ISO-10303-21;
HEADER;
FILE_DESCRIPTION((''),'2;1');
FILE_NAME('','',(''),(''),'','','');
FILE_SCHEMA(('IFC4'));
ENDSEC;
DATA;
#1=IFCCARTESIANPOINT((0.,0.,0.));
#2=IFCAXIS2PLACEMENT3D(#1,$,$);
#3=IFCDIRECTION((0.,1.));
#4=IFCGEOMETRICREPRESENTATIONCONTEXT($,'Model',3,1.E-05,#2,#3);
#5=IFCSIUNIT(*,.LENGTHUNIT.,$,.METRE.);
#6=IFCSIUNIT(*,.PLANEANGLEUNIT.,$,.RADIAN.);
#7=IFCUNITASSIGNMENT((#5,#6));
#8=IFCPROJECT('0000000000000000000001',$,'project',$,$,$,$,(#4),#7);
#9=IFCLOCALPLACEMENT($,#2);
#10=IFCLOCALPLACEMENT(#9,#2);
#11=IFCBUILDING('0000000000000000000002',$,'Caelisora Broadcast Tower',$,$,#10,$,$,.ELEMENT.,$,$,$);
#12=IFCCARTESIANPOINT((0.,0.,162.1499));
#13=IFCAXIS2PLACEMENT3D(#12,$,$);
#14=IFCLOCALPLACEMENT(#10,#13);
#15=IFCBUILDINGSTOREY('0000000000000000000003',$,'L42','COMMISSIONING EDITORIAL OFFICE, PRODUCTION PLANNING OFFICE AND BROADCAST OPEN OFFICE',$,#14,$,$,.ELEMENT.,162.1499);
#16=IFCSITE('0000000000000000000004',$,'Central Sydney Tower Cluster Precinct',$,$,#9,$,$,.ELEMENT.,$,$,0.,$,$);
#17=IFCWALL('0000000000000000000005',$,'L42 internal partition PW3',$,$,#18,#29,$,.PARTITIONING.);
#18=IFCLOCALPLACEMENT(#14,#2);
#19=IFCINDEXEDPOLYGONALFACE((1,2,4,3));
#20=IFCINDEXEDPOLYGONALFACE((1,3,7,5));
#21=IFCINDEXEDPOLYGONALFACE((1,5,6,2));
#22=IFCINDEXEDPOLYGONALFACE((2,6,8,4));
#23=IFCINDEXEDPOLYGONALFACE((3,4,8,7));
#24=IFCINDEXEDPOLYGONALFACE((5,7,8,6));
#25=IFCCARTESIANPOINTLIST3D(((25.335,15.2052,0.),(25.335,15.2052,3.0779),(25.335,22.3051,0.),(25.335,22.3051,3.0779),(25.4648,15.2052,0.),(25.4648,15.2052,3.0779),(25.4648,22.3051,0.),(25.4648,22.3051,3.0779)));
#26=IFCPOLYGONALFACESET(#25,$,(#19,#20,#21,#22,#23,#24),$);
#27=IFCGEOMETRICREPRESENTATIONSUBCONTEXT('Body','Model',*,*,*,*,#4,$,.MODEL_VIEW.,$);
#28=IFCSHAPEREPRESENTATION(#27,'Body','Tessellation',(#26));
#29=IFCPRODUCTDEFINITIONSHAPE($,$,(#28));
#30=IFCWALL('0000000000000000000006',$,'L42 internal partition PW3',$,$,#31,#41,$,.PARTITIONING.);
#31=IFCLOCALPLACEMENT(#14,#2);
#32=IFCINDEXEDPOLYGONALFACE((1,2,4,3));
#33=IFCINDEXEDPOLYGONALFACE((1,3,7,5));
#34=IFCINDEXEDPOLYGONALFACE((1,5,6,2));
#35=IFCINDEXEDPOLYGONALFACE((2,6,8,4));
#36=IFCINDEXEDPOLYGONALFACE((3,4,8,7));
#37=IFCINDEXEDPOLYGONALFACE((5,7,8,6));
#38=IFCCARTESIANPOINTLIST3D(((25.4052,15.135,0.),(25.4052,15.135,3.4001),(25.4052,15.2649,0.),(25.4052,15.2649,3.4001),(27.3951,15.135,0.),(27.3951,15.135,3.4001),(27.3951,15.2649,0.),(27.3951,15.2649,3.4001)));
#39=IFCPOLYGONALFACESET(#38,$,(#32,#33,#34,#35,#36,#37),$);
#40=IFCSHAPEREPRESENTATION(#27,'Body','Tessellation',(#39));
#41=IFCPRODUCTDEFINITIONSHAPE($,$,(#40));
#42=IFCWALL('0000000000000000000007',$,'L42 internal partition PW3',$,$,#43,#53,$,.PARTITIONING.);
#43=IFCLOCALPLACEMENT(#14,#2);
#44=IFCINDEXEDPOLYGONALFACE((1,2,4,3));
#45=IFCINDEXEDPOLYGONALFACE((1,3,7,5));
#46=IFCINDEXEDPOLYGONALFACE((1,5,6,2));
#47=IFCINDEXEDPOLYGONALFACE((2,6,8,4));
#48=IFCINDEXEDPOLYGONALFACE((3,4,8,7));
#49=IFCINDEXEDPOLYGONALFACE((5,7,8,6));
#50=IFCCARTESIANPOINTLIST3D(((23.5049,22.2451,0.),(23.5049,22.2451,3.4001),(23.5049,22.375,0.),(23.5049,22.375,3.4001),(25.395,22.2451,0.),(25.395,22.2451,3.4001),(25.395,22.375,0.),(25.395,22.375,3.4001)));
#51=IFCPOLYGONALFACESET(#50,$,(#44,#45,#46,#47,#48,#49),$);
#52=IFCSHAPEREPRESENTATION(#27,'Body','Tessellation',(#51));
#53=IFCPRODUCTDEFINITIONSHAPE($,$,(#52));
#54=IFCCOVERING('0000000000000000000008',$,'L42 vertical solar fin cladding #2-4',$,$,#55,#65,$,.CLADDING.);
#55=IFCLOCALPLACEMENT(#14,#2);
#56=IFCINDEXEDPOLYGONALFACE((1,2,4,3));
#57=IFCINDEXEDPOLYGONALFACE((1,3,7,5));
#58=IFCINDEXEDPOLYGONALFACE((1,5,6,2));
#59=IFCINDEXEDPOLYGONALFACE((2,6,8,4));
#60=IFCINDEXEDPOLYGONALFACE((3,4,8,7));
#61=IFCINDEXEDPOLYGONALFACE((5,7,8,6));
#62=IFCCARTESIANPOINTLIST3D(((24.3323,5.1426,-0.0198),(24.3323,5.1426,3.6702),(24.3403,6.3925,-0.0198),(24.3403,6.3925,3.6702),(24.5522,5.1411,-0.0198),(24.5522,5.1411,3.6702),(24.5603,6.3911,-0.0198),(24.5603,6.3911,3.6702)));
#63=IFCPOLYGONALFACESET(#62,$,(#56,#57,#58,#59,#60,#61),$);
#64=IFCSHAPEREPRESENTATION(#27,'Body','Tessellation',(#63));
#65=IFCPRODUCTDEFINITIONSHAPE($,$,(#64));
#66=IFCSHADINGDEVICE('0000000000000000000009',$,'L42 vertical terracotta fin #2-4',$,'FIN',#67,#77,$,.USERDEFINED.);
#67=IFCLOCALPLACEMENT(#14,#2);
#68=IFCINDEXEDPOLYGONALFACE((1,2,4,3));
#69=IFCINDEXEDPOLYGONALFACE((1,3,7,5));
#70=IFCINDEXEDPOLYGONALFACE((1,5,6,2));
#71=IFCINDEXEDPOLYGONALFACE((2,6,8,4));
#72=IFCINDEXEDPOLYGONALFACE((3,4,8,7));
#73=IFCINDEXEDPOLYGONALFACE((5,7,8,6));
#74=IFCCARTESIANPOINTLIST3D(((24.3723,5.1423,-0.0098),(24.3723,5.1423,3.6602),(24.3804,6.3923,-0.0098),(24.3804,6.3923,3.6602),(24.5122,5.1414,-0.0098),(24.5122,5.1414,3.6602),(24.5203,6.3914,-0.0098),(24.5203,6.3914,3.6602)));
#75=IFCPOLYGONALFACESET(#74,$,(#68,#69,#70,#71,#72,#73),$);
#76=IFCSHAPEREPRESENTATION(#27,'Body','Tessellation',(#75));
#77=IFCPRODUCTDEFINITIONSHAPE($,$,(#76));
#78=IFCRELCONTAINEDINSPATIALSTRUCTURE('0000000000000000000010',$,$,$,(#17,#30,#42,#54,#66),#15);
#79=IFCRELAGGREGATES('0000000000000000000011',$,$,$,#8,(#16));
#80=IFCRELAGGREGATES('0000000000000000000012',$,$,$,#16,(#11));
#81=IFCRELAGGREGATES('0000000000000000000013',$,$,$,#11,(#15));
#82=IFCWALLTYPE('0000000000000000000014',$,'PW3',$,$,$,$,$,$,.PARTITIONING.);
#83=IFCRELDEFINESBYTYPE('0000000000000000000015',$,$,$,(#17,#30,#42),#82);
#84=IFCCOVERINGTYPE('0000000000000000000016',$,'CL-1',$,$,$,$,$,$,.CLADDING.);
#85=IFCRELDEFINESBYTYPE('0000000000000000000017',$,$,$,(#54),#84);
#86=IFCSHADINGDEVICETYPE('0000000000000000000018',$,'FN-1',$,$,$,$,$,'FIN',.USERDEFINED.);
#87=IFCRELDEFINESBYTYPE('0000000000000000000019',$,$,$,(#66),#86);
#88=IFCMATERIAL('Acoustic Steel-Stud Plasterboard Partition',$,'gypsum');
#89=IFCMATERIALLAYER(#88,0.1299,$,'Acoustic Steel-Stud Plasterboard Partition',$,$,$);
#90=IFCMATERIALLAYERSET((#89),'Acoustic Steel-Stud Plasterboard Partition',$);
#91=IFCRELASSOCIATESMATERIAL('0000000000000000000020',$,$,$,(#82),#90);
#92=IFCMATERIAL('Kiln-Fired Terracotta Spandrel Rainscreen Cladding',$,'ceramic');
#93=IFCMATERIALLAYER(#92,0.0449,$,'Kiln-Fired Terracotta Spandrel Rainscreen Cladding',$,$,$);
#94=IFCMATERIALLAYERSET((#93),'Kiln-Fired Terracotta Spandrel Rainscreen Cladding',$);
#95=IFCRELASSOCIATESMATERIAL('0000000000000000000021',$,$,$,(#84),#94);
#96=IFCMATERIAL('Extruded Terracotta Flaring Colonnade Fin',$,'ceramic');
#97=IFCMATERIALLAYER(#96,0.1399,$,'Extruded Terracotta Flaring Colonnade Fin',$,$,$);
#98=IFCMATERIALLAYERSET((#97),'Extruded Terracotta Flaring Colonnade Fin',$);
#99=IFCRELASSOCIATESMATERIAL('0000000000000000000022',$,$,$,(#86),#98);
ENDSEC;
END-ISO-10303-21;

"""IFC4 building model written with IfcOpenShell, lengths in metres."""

from ifc_helpers import new_model, si_unit, direction, frame, frame_2d, origin, origin_2d, place, context, subcontext, project, spatial, rectangle, extrude, source, transform, mapped, material, layer, layer_set, type_object, type_shapes, element, save


model = new_model("IFC4")

# Units and contexts
model_context = context("Model", 3, precision=1e-05, world=origin(), true_north=direction((0.0, 1.0)))
body_context = subcontext(model_context, "Body", "Model", "MODEL_VIEW")
ifc_project = project(units=[si_unit("LENGTHUNIT", "METRE"), si_unit("PLANEANGLEUNIT", "RADIAN")], contexts=[model_context])

# Site, building, storey
site_placement = place(None, origin())
site = spatial("IfcSite", under=ifc_project, at=site_placement, Name="Central Sydney Tower Cluster Precinct", CompositionType="ELEMENT", RefElevation=0.0)
building_placement = place(site_placement, origin())
building = spatial("IfcBuilding", under=site, at=building_placement, Name="Caelisora Broadcast Tower", CompositionType="ELEMENT")
storey_placement = place(building_placement, frame((0.0, 0.0, 162.1499)))
storey = spatial("IfcBuildingStorey", under=building, at=storey_placement, Name="L42", Description="COMMISSIONING EDITORIAL OFFICE, PRODUCTION PLANNING OFFICE AND BROADCAST OPEN OFFICE", CompositionType="ELEMENT", Elevation=162.1499)

# Shared definitions
ifc_material_1 = material(Name="Acoustic Steel-Stud Plasterboard Partition", Category="gypsum")
ifc_layer_1 = layer(ifc_material_1, 0.1299, Name="Acoustic Steel-Stud Plasterboard Partition")
ifc_layer_set_1 = layer_set([ifc_layer_1], Name="Acoustic Steel-Stud Plasterboard Partition")
wall_type = type_object("IfcWallType", Name="PW3", PredefinedType="PARTITIONING", material=ifc_layer_set_1)

# Walls
wall_1_placement = place(storey_placement, frame((25.3999, 22.3049, 0.0), z_axis=(0.0, 0.0, 1.0), x_axis=(0.0, -1.0, 0.0)))
element("IfcWall", 1, at=wall_1_placement, inside=storey, type_object=wall_type, Name="L42 internal partition PW3", PredefinedType="PARTITIONING", context=body_context, shape_type="SweptSolid", body=[
    extrude(rectangle(XDim=7.0999, YDim=0.1299, at=frame_2d((3.5498, 0.0))), origin(), (0.0, 0.0, 1.0), 3.0779),
])
wall_2_placement = place(storey_placement, frame((25.405, 15.2, 0.0), z_axis=(0.0, 0.0, 1.0), x_axis=(1.0, 0.0, 0.0)))
element("IfcWall", 2, at=wall_2_placement, inside=storey, type_object=wall_type, Name="L42 internal partition PW3", PredefinedType="PARTITIONING", context=body_context, shape_type="SweptSolid", body=[
    extrude(rectangle(XDim=1.99, YDim=0.1299, at=frame_2d((0.9951, 0.0))), origin(), (0.0, 0.0, 1.0), 3.4001),
])
wall_3_placement = place(storey_placement, frame((23.5049, 22.3101, 0.0), z_axis=(0.0, 0.0, 1.0), x_axis=(1.0, 0.0, 0.0)))
element("IfcWall", 3, at=wall_3_placement, inside=storey, type_object=wall_type, Name="L42 internal partition PW3", PredefinedType="PARTITIONING", context=body_context, shape_type="SweptSolid", body=[
    extrude(rectangle(XDim=1.8901, YDim=0.1299, at=frame_2d((0.9451, 0.0))), origin(), (0.0, 0.0, 1.0), 3.4001),
])

# Covering
ifc_material_2 = material(Name="Kiln-Fired Terracotta Spandrel Rainscreen Cladding", Category="ceramic")
ifc_layer_2 = layer(ifc_material_2, 0.0449, Name="Kiln-Fired Terracotta Spandrel Rainscreen Cladding")
ifc_layer_set_2 = layer_set([ifc_layer_2], Name="Kiln-Fired Terracotta Spandrel Rainscreen Cladding")
covering_type = type_object("IfcCoveringType", Name="CL-1", PredefinedType="CLADDING", material=ifc_layer_set_2)
shared_shape_1 = source(origin(), body_context, "Body", "SweptSolid", [
    extrude(rectangle(XDim=0.22, YDim=1.25, at=origin_2d()), origin(), (0.0, 0.0, 1.0), 3.6899),
])
type_shapes(covering_type, [shared_shape_1])
covering_placement = place(storey_placement, frame((24.4463, 5.7668, -0.0198), z_axis=(0.0, 0.0, 1.0), x_axis=(-0.999979, 0.006458, 0.0)))
element("IfcCovering", 4, at=covering_placement, inside=storey, type_object=covering_type, Name="L42 vertical solar fin cladding #2-4", PredefinedType="CLADDING", context=body_context, shape_type="MappedRepresentation", body=[
    mapped(shared_shape_1, transform((0.0, 0.0, 0.0), scale=1.0)),
])

# Shading device
ifc_material_3 = material(Name="Extruded Terracotta Flaring Colonnade Fin", Category="ceramic")
ifc_layer_3 = layer(ifc_material_3, 0.1399, Name="Extruded Terracotta Flaring Colonnade Fin")
ifc_layer_set_3 = layer_set([ifc_layer_3], Name="Extruded Terracotta Flaring Colonnade Fin")
shading_device_type = type_object("IfcShadingDeviceType", Name="FN-1", ElementType="FIN", PredefinedType="USERDEFINED", material=ifc_layer_set_3)
shared_shape_2 = source(origin(), body_context, "Body", "SweptSolid", [
    extrude(rectangle(XDim=0.1399, YDim=1.25, at=origin_2d()), origin(), (0.0, 0.0, 1.0), 3.6699),
])
type_shapes(shading_device_type, [shared_shape_2])
shading_device_placement = place(storey_placement, frame((24.4463, 5.7668, -0.0098), z_axis=(0.0, 0.0, 1.0), x_axis=(-0.999979, 0.006458, 0.0)))
element("IfcShadingDevice", 5, at=shading_device_placement, inside=storey, type_object=shading_device_type, Name="L42 vertical terracotta fin #2-4", ObjectType="FIN", PredefinedType="USERDEFINED", context=body_context, shape_type="MappedRepresentation", body=[
    mapped(shared_shape_2, transform((0.0, 0.0, 0.0), scale=1.0)),
])

save(model, "model.ifc")
